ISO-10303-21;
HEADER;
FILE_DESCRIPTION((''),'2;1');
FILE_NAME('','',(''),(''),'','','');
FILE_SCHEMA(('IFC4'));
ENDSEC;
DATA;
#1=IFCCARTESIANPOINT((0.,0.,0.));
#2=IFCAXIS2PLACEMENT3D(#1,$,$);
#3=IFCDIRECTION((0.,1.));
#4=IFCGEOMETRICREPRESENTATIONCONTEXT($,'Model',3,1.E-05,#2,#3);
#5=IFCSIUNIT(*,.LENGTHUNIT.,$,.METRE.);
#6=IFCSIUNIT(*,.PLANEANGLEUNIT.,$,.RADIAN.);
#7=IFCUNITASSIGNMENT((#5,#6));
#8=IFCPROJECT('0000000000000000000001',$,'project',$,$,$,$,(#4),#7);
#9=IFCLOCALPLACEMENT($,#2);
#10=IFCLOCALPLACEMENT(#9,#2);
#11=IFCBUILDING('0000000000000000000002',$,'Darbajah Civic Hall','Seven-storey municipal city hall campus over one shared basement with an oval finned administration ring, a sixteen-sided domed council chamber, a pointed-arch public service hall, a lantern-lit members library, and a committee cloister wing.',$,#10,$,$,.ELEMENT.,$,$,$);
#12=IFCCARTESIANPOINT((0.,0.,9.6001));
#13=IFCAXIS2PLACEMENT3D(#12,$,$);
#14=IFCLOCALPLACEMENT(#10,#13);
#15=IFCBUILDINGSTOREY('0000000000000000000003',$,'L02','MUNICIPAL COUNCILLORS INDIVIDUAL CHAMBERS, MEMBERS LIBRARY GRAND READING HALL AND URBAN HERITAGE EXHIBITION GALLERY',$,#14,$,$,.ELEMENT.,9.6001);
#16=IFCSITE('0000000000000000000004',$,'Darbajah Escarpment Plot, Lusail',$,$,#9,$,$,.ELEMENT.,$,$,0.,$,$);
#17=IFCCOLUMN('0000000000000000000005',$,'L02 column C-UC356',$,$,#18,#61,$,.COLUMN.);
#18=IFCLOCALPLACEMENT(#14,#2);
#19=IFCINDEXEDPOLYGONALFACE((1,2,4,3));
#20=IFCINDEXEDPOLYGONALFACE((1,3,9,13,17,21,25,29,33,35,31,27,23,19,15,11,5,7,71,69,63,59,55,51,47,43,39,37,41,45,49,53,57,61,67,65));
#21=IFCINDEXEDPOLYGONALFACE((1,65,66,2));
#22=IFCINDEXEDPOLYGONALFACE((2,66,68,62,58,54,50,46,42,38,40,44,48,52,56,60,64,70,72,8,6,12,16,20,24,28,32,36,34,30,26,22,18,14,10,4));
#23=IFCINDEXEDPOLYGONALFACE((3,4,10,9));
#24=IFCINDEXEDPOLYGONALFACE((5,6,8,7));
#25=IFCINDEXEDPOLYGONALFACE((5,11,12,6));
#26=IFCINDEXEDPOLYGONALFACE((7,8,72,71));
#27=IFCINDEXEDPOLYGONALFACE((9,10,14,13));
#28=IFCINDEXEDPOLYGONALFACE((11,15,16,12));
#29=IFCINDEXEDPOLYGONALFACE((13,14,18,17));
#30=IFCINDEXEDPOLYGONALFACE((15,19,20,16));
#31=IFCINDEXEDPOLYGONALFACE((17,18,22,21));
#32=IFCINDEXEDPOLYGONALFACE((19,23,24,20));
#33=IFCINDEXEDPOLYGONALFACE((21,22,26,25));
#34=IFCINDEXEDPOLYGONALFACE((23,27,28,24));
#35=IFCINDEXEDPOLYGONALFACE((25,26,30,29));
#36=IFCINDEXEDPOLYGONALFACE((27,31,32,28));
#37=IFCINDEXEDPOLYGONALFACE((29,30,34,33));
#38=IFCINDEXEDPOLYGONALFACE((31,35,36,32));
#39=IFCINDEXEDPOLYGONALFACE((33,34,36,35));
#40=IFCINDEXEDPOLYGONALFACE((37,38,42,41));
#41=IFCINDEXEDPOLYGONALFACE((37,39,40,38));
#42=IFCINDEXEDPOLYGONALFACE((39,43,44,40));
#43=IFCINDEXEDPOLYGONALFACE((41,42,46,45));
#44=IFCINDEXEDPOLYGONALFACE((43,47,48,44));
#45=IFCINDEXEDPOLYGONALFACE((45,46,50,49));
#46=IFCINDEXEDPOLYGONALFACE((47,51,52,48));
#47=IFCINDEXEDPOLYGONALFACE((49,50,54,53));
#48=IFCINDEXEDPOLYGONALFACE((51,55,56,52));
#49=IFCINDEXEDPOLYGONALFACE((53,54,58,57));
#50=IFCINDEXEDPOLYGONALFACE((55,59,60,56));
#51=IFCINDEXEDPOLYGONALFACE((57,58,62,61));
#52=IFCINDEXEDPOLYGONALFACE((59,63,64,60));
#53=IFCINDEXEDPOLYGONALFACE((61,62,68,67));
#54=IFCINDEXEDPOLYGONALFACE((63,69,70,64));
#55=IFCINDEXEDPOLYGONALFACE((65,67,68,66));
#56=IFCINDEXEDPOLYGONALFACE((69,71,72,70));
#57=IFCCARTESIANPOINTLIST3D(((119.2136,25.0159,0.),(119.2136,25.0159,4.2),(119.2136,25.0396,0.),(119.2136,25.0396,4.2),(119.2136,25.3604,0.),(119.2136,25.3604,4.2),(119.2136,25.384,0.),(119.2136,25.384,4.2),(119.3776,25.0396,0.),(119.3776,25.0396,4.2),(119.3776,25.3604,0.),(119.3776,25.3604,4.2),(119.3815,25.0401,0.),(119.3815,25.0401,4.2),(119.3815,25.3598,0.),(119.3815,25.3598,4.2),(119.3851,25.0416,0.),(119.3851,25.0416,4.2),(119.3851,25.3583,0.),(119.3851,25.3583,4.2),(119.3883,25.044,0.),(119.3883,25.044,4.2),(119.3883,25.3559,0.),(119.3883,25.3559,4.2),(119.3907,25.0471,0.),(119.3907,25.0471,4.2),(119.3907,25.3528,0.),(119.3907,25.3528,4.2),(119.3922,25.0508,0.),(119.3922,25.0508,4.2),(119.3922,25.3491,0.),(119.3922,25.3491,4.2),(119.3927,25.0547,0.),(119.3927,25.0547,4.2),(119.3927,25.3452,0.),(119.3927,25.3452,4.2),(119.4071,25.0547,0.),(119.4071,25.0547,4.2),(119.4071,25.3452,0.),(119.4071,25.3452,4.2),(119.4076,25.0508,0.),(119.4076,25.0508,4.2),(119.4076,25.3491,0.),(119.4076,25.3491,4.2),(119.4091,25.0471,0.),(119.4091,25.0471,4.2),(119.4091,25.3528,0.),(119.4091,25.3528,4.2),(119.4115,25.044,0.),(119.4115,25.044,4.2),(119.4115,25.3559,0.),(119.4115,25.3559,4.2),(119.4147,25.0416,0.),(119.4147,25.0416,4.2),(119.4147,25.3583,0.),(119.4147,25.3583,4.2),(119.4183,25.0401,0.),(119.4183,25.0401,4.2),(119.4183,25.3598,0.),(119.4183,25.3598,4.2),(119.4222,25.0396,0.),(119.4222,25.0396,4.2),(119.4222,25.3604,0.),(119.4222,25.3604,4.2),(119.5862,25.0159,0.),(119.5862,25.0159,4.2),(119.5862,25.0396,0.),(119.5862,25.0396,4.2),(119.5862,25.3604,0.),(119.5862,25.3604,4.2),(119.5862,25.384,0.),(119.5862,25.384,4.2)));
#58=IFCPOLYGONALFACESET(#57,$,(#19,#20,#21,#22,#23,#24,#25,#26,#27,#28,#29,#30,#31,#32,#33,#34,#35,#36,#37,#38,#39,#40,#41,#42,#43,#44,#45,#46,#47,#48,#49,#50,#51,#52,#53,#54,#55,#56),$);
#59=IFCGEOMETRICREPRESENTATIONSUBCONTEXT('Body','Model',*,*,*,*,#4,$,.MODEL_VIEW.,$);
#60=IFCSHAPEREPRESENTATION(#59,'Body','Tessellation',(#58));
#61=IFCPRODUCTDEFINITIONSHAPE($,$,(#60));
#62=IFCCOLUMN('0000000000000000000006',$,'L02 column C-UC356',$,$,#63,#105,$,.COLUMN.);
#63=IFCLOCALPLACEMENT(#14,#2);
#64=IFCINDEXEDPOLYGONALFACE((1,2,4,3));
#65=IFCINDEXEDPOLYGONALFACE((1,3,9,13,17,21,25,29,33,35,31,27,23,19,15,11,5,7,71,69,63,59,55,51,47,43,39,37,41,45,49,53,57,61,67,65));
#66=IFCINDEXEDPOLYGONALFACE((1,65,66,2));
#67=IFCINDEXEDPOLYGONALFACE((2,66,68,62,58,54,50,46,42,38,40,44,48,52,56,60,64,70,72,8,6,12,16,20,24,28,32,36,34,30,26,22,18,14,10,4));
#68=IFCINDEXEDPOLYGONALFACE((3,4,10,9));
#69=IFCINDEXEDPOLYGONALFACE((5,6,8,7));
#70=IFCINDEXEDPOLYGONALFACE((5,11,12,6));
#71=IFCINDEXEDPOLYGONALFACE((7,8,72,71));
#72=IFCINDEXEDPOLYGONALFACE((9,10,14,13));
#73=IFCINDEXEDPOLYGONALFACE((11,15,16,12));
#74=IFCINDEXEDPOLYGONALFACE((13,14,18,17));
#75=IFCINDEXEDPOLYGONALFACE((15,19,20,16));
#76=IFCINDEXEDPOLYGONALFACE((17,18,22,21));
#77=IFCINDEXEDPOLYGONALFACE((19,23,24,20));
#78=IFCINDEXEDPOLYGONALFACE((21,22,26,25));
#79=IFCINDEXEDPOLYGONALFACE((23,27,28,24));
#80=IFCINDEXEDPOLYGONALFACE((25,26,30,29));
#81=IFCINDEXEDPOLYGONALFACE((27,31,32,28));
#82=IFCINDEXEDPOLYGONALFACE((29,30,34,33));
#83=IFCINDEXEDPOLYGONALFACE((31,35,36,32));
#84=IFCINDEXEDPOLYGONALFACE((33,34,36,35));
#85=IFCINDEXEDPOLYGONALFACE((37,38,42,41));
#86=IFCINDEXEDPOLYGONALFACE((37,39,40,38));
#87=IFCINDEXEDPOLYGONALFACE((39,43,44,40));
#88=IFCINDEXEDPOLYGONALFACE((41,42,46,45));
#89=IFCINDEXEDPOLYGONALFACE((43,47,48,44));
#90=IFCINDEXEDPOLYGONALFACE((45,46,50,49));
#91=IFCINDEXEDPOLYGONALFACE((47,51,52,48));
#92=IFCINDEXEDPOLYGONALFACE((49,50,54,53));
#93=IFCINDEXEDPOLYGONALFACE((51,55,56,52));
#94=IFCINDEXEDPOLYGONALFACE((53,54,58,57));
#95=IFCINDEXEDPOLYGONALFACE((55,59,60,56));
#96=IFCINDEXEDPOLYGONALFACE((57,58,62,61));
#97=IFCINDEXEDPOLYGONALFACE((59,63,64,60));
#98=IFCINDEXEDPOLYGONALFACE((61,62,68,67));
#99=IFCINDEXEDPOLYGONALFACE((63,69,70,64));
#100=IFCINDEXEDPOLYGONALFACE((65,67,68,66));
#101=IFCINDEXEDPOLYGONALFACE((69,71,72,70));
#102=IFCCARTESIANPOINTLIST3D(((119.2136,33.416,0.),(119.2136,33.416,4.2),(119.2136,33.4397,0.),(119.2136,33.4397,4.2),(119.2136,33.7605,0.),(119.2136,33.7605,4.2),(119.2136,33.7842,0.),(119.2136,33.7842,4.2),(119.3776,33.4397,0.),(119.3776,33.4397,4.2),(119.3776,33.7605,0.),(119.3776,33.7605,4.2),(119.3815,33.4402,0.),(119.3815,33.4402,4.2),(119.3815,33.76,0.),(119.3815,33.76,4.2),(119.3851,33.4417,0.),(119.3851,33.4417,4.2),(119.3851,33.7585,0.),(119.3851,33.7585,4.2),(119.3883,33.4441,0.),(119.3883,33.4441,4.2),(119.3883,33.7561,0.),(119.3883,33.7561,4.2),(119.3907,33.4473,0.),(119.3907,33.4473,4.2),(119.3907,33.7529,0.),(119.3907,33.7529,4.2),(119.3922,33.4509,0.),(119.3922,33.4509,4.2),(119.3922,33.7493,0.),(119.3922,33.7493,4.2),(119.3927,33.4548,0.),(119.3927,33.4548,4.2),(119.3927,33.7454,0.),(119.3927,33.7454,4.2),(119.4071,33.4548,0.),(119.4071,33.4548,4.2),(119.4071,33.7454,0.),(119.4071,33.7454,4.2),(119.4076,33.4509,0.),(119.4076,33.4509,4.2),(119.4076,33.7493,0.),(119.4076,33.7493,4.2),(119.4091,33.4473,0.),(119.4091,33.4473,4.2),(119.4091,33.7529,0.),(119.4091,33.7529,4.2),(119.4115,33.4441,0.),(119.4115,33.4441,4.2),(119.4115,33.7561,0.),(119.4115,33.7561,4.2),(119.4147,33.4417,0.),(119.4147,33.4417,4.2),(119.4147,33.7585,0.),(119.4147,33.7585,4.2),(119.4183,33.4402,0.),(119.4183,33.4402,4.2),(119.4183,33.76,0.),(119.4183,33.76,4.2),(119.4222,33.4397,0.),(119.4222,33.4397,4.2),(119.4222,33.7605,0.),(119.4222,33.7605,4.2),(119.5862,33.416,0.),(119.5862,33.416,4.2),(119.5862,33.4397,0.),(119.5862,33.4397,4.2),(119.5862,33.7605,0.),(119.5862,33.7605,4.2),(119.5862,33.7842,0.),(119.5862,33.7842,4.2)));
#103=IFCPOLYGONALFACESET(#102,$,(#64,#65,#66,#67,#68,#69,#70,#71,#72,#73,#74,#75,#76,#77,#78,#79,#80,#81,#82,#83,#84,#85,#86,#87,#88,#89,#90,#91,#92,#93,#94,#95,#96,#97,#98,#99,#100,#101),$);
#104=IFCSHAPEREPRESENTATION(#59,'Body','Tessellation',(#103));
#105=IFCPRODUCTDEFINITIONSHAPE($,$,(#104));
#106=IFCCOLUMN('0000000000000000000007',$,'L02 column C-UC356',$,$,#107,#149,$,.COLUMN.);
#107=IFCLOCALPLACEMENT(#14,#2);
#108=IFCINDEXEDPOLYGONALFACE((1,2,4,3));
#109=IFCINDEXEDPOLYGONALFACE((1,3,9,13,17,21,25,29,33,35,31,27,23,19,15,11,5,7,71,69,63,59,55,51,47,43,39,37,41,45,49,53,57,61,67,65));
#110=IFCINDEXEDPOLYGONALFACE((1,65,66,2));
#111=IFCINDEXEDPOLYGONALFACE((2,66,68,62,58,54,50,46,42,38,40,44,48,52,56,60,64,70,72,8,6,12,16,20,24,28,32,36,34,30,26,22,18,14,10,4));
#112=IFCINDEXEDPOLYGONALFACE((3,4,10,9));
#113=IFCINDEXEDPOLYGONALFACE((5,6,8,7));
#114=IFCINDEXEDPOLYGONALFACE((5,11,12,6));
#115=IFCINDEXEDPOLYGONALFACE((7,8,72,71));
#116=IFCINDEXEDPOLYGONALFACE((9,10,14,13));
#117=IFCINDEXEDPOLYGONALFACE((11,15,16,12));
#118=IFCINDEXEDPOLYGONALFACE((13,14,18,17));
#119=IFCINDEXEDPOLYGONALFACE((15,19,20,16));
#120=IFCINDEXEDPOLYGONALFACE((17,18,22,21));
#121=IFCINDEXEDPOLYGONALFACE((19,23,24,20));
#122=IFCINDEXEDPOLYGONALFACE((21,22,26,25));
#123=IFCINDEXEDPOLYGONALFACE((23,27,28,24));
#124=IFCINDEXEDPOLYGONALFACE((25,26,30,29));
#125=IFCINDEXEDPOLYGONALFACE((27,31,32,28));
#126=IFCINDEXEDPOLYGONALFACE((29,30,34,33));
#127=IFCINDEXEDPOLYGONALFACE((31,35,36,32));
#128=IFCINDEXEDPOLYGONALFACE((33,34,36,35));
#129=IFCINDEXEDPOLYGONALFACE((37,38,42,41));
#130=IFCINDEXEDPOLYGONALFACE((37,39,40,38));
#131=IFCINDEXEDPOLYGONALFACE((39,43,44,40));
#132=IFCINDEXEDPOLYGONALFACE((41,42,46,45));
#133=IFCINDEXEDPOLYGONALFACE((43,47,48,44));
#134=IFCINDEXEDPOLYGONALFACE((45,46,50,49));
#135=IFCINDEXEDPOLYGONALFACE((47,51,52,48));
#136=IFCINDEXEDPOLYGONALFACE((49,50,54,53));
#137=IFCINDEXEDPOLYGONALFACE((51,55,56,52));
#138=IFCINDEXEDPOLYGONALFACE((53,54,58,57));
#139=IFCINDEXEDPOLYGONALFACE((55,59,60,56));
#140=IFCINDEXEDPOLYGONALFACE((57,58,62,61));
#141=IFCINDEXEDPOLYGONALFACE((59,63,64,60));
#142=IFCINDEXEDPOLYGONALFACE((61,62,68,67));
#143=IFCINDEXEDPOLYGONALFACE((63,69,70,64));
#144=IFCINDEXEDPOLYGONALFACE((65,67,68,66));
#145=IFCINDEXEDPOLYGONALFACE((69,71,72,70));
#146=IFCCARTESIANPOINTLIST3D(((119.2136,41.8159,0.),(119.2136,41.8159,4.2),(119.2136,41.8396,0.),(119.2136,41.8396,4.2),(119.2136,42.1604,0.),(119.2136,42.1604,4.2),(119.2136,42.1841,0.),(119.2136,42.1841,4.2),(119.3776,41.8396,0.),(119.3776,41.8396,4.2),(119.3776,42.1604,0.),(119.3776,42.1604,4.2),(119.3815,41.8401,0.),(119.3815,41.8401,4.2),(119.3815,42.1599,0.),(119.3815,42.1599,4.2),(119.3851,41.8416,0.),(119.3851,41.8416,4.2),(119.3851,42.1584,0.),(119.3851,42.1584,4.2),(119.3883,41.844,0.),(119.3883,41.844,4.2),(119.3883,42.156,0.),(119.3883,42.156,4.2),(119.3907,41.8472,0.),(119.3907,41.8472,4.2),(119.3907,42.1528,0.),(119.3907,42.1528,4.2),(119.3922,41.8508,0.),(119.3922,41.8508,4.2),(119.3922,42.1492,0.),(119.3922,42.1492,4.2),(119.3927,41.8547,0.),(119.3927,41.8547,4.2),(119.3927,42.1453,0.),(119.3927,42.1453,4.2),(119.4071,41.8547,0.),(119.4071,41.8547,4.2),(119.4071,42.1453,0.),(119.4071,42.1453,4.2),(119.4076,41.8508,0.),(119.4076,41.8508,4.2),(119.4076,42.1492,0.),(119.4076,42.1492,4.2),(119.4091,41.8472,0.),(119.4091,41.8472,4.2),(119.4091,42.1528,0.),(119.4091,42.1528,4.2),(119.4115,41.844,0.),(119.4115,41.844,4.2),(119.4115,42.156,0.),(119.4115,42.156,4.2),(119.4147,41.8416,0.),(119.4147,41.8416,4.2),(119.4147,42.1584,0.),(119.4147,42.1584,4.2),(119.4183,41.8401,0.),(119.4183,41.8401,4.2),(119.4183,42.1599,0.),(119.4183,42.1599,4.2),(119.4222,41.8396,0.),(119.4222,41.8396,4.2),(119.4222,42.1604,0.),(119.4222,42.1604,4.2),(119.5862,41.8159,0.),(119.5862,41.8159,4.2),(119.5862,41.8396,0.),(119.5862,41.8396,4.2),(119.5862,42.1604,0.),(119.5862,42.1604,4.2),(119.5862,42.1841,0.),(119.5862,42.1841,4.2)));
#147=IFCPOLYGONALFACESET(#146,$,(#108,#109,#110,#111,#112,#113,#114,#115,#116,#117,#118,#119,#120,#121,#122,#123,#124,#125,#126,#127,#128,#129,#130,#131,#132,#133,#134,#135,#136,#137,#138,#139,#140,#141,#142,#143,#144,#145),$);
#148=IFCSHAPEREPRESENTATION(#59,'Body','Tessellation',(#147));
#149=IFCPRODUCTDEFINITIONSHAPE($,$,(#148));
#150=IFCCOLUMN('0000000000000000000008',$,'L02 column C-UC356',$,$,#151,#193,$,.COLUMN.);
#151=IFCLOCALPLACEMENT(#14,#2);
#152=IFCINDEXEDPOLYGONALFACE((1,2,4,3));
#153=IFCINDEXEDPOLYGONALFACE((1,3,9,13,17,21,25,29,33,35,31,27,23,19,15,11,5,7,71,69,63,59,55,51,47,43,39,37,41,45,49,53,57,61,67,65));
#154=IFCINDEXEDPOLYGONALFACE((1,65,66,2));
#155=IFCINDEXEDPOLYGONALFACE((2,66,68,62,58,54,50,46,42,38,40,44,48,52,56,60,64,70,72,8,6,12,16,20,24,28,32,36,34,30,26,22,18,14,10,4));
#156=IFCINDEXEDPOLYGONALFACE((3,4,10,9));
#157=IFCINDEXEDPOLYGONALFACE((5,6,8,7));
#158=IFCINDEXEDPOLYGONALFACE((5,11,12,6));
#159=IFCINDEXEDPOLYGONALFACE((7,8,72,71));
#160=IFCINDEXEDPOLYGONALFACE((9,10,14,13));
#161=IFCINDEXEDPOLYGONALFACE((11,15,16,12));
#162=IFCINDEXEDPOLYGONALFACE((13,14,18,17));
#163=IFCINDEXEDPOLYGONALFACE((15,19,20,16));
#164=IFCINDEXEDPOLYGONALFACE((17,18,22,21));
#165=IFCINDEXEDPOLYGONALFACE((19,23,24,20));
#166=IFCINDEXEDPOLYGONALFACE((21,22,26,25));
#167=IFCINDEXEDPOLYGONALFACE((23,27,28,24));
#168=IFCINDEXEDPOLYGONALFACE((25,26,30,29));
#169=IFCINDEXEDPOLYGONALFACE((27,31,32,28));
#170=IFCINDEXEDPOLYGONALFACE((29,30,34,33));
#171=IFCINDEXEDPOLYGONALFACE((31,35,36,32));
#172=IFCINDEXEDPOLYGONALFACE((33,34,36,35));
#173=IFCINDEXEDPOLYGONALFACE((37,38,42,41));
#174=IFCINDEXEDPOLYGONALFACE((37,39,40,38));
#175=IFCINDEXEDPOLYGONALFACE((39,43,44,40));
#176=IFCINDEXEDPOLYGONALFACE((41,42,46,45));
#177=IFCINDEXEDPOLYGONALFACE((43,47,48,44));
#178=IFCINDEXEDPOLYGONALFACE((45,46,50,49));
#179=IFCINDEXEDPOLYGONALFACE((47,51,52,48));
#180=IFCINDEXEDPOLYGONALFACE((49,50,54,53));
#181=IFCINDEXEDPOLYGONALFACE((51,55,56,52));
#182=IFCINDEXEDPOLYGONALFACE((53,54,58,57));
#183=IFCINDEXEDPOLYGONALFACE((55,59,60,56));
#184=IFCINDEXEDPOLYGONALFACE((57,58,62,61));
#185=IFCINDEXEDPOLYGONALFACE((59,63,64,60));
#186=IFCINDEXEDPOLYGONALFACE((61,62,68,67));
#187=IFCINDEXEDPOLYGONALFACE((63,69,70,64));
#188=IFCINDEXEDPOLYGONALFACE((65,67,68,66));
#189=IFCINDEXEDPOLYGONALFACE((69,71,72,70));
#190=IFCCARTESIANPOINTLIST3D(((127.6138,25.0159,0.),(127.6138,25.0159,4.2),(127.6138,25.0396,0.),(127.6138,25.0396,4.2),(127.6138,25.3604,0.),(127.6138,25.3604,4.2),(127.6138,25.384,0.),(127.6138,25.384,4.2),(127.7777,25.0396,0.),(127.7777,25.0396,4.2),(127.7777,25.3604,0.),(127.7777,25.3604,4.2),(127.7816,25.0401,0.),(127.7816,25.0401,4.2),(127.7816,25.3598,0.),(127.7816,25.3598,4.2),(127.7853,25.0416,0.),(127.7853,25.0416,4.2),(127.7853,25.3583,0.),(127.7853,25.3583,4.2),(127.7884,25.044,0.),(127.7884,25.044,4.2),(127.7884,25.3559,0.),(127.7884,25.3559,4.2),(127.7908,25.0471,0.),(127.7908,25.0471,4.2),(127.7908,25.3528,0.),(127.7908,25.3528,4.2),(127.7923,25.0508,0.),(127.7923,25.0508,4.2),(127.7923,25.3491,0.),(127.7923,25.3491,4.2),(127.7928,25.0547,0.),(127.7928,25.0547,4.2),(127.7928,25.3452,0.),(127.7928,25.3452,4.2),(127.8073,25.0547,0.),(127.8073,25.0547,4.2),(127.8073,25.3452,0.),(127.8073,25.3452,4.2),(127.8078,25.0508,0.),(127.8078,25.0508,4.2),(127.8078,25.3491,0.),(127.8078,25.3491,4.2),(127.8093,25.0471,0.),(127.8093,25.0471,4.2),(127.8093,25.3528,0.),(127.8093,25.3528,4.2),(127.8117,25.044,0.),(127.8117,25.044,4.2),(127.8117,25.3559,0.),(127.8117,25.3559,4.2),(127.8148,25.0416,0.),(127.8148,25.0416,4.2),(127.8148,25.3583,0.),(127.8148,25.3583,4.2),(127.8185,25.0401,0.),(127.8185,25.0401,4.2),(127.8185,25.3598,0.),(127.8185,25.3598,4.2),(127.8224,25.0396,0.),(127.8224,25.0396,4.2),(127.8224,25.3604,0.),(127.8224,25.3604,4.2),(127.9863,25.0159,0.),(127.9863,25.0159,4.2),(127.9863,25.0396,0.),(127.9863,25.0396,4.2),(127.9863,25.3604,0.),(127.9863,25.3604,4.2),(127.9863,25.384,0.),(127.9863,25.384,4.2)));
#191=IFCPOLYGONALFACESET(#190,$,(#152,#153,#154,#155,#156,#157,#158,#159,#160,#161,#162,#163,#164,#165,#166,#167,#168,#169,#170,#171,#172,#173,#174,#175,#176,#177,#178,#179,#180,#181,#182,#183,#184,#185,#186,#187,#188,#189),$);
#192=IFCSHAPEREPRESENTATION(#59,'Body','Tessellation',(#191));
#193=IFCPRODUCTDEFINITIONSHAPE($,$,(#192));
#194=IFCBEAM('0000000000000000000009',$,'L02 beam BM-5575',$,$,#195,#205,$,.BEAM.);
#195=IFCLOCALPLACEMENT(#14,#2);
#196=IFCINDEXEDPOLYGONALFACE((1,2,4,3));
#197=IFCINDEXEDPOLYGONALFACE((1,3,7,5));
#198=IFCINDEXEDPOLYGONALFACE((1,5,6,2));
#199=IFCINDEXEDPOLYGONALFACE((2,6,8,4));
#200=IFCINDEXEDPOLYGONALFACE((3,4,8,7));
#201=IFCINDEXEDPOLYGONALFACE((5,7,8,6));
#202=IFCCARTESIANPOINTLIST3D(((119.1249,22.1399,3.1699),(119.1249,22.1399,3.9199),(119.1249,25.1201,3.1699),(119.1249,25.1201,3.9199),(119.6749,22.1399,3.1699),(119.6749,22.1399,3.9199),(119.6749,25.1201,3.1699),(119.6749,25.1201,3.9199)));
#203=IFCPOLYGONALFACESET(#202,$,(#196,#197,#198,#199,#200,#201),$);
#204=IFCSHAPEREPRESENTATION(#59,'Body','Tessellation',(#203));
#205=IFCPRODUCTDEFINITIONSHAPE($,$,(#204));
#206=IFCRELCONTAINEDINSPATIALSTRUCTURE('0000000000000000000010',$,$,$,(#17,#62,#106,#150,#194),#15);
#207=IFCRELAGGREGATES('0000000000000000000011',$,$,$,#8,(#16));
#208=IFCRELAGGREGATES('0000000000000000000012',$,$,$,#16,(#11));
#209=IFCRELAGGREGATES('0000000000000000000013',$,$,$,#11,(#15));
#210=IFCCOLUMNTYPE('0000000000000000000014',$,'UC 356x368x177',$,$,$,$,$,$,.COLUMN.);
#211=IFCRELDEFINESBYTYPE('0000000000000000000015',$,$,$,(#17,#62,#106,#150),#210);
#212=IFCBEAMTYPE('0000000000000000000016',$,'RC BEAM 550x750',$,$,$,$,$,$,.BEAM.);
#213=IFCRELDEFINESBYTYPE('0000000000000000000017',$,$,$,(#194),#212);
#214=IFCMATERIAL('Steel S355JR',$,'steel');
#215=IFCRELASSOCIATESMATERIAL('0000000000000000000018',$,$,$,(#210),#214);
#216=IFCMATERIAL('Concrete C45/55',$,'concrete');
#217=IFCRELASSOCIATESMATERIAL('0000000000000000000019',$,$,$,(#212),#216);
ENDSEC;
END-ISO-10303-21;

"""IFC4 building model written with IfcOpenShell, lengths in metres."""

from ifc_helpers import new_model, si_unit, direction, frame, origin, origin_2d, place, context, subcontext, project, spatial, rectangle, i_section, extrude, material, material_profile, profile_set, type_object, element, save


model = new_model("IFC4")

# Units and contexts
model_context = context("Model", 3, precision=1e-05, world=origin(), true_north=direction((0.0, 1.0)))
body_context = subcontext(model_context, "Body", "Model", "MODEL_VIEW")
ifc_project = project(units=[si_unit("LENGTHUNIT", "METRE"), si_unit("PLANEANGLEUNIT", "RADIAN")], contexts=[model_context])

# Site, building, storey
site_placement = place(None, origin())
site = spatial("IfcSite", under=ifc_project, at=site_placement, Name="Darbajah Escarpment Plot, Lusail", CompositionType="ELEMENT", RefElevation=0.0)
building_placement = place(site_placement, origin())
building = spatial("IfcBuilding", under=site, at=building_placement, Name="Darbajah Civic Hall", Description="Seven-storey municipal city hall campus over one shared basement with an oval finned administration ring, a sixteen-sided domed council chamber, a pointed-arch public service hall, a lantern-lit members library, and a committee cloister wing.", CompositionType="ELEMENT")
storey_placement = place(building_placement, frame((0.0, 0.0, 9.6001)))
storey = spatial("IfcBuildingStorey", under=building, at=storey_placement, Name="L02", Description="MUNICIPAL COUNCILLORS INDIVIDUAL CHAMBERS, MEMBERS LIBRARY GRAND READING HALL AND URBAN HERITAGE EXHIBITION GALLERY", CompositionType="ELEMENT", Elevation=9.6001)

# Columns
ifc_material_1 = material(Name="Steel S355JR", Category="steel")
ifc_material_profile_1 = material_profile(ifc_material_1, i_section(OverallWidth=0.3726, OverallDepth=0.3682, WebThickness=0.0144, FlangeThickness=0.0237, FilletRadius=0.0151, at=origin_2d()), Name="UC 356x368x177")
ifc_profile_set_1 = profile_set([ifc_material_profile_1], Name="Steel S355JR")
column_type = type_object("IfcColumnType", Name="UC 356x368x177", PredefinedType="COLUMN", material=ifc_profile_set_1)
for number, where, z_axis, x_axis, name in (
    (1, (119.3999, 25.2, 0.0), (0.0, 0.0, 1.0), (1.0, 0.0, 0.0), "L02 column C-UC356"),
    (2, (119.3999, 33.6001, 0.0), (0.0, 0.0, 1.0), (1.0, 0.0, 0.0), "L02 column C-UC356"),
    (3, (119.3999, 42.0, 0.0), (0.0, 0.0, 1.0), (1.0, 0.0, 0.0), "L02 column C-UC356"),
    (4, (127.8, 25.2, 0.0), (0.0, 0.0, 1.0), (1.0, 0.0, 0.0), "L02 column C-UC356"),
):
    element("IfcColumn", number, at=place(storey_placement, frame(where, z_axis=z_axis, x_axis=x_axis)), inside=storey, type_object=column_type, Name=name, PredefinedType="COLUMN", context=body_context, shape_type="SweptSolid", body=[
        extrude(i_section(OverallWidth=0.3726, OverallDepth=0.3682, WebThickness=0.0144, FlangeThickness=0.0237, FilletRadius=0.0151, at=origin_2d()), origin(), (0.0, 0.0, 1.0), 4.2),
    ])

# Beam
ifc_material_2 = material(Name="Concrete C45/55", Category="concrete")
ifc_material_profile_2 = material_profile(ifc_material_2, rectangle(XDim=0.55, YDim=0.75, at=origin_2d()), Name="RC BEAM 550x750")
ifc_profile_set_2 = profile_set([ifc_material_profile_2], Name="Concrete C45/55")
beam_type_1 = type_object("IfcBeamType", Name="RC BEAM 550x750", PredefinedType="BEAM", material=ifc_profile_set_2)
beam_1_placement = place(storey_placement, frame((119.3999, 22.1399, 3.5449), z_axis=(0.0, 1.0, 0.0), x_axis=(-1.0, 0.0, 0.0)))
element("IfcBeam", 5, at=beam_1_placement, inside=storey, type_object=beam_type_1, Name="L02 beam BM-5575", PredefinedType="BEAM", context=body_context, shape_type="SweptSolid", body=[
    extrude(rectangle(XDim=0.55, YDim=0.75, at=origin_2d()), origin(), (0.0, 0.0, 1.0), 2.9802),
])

save(model, "model.ifc")
